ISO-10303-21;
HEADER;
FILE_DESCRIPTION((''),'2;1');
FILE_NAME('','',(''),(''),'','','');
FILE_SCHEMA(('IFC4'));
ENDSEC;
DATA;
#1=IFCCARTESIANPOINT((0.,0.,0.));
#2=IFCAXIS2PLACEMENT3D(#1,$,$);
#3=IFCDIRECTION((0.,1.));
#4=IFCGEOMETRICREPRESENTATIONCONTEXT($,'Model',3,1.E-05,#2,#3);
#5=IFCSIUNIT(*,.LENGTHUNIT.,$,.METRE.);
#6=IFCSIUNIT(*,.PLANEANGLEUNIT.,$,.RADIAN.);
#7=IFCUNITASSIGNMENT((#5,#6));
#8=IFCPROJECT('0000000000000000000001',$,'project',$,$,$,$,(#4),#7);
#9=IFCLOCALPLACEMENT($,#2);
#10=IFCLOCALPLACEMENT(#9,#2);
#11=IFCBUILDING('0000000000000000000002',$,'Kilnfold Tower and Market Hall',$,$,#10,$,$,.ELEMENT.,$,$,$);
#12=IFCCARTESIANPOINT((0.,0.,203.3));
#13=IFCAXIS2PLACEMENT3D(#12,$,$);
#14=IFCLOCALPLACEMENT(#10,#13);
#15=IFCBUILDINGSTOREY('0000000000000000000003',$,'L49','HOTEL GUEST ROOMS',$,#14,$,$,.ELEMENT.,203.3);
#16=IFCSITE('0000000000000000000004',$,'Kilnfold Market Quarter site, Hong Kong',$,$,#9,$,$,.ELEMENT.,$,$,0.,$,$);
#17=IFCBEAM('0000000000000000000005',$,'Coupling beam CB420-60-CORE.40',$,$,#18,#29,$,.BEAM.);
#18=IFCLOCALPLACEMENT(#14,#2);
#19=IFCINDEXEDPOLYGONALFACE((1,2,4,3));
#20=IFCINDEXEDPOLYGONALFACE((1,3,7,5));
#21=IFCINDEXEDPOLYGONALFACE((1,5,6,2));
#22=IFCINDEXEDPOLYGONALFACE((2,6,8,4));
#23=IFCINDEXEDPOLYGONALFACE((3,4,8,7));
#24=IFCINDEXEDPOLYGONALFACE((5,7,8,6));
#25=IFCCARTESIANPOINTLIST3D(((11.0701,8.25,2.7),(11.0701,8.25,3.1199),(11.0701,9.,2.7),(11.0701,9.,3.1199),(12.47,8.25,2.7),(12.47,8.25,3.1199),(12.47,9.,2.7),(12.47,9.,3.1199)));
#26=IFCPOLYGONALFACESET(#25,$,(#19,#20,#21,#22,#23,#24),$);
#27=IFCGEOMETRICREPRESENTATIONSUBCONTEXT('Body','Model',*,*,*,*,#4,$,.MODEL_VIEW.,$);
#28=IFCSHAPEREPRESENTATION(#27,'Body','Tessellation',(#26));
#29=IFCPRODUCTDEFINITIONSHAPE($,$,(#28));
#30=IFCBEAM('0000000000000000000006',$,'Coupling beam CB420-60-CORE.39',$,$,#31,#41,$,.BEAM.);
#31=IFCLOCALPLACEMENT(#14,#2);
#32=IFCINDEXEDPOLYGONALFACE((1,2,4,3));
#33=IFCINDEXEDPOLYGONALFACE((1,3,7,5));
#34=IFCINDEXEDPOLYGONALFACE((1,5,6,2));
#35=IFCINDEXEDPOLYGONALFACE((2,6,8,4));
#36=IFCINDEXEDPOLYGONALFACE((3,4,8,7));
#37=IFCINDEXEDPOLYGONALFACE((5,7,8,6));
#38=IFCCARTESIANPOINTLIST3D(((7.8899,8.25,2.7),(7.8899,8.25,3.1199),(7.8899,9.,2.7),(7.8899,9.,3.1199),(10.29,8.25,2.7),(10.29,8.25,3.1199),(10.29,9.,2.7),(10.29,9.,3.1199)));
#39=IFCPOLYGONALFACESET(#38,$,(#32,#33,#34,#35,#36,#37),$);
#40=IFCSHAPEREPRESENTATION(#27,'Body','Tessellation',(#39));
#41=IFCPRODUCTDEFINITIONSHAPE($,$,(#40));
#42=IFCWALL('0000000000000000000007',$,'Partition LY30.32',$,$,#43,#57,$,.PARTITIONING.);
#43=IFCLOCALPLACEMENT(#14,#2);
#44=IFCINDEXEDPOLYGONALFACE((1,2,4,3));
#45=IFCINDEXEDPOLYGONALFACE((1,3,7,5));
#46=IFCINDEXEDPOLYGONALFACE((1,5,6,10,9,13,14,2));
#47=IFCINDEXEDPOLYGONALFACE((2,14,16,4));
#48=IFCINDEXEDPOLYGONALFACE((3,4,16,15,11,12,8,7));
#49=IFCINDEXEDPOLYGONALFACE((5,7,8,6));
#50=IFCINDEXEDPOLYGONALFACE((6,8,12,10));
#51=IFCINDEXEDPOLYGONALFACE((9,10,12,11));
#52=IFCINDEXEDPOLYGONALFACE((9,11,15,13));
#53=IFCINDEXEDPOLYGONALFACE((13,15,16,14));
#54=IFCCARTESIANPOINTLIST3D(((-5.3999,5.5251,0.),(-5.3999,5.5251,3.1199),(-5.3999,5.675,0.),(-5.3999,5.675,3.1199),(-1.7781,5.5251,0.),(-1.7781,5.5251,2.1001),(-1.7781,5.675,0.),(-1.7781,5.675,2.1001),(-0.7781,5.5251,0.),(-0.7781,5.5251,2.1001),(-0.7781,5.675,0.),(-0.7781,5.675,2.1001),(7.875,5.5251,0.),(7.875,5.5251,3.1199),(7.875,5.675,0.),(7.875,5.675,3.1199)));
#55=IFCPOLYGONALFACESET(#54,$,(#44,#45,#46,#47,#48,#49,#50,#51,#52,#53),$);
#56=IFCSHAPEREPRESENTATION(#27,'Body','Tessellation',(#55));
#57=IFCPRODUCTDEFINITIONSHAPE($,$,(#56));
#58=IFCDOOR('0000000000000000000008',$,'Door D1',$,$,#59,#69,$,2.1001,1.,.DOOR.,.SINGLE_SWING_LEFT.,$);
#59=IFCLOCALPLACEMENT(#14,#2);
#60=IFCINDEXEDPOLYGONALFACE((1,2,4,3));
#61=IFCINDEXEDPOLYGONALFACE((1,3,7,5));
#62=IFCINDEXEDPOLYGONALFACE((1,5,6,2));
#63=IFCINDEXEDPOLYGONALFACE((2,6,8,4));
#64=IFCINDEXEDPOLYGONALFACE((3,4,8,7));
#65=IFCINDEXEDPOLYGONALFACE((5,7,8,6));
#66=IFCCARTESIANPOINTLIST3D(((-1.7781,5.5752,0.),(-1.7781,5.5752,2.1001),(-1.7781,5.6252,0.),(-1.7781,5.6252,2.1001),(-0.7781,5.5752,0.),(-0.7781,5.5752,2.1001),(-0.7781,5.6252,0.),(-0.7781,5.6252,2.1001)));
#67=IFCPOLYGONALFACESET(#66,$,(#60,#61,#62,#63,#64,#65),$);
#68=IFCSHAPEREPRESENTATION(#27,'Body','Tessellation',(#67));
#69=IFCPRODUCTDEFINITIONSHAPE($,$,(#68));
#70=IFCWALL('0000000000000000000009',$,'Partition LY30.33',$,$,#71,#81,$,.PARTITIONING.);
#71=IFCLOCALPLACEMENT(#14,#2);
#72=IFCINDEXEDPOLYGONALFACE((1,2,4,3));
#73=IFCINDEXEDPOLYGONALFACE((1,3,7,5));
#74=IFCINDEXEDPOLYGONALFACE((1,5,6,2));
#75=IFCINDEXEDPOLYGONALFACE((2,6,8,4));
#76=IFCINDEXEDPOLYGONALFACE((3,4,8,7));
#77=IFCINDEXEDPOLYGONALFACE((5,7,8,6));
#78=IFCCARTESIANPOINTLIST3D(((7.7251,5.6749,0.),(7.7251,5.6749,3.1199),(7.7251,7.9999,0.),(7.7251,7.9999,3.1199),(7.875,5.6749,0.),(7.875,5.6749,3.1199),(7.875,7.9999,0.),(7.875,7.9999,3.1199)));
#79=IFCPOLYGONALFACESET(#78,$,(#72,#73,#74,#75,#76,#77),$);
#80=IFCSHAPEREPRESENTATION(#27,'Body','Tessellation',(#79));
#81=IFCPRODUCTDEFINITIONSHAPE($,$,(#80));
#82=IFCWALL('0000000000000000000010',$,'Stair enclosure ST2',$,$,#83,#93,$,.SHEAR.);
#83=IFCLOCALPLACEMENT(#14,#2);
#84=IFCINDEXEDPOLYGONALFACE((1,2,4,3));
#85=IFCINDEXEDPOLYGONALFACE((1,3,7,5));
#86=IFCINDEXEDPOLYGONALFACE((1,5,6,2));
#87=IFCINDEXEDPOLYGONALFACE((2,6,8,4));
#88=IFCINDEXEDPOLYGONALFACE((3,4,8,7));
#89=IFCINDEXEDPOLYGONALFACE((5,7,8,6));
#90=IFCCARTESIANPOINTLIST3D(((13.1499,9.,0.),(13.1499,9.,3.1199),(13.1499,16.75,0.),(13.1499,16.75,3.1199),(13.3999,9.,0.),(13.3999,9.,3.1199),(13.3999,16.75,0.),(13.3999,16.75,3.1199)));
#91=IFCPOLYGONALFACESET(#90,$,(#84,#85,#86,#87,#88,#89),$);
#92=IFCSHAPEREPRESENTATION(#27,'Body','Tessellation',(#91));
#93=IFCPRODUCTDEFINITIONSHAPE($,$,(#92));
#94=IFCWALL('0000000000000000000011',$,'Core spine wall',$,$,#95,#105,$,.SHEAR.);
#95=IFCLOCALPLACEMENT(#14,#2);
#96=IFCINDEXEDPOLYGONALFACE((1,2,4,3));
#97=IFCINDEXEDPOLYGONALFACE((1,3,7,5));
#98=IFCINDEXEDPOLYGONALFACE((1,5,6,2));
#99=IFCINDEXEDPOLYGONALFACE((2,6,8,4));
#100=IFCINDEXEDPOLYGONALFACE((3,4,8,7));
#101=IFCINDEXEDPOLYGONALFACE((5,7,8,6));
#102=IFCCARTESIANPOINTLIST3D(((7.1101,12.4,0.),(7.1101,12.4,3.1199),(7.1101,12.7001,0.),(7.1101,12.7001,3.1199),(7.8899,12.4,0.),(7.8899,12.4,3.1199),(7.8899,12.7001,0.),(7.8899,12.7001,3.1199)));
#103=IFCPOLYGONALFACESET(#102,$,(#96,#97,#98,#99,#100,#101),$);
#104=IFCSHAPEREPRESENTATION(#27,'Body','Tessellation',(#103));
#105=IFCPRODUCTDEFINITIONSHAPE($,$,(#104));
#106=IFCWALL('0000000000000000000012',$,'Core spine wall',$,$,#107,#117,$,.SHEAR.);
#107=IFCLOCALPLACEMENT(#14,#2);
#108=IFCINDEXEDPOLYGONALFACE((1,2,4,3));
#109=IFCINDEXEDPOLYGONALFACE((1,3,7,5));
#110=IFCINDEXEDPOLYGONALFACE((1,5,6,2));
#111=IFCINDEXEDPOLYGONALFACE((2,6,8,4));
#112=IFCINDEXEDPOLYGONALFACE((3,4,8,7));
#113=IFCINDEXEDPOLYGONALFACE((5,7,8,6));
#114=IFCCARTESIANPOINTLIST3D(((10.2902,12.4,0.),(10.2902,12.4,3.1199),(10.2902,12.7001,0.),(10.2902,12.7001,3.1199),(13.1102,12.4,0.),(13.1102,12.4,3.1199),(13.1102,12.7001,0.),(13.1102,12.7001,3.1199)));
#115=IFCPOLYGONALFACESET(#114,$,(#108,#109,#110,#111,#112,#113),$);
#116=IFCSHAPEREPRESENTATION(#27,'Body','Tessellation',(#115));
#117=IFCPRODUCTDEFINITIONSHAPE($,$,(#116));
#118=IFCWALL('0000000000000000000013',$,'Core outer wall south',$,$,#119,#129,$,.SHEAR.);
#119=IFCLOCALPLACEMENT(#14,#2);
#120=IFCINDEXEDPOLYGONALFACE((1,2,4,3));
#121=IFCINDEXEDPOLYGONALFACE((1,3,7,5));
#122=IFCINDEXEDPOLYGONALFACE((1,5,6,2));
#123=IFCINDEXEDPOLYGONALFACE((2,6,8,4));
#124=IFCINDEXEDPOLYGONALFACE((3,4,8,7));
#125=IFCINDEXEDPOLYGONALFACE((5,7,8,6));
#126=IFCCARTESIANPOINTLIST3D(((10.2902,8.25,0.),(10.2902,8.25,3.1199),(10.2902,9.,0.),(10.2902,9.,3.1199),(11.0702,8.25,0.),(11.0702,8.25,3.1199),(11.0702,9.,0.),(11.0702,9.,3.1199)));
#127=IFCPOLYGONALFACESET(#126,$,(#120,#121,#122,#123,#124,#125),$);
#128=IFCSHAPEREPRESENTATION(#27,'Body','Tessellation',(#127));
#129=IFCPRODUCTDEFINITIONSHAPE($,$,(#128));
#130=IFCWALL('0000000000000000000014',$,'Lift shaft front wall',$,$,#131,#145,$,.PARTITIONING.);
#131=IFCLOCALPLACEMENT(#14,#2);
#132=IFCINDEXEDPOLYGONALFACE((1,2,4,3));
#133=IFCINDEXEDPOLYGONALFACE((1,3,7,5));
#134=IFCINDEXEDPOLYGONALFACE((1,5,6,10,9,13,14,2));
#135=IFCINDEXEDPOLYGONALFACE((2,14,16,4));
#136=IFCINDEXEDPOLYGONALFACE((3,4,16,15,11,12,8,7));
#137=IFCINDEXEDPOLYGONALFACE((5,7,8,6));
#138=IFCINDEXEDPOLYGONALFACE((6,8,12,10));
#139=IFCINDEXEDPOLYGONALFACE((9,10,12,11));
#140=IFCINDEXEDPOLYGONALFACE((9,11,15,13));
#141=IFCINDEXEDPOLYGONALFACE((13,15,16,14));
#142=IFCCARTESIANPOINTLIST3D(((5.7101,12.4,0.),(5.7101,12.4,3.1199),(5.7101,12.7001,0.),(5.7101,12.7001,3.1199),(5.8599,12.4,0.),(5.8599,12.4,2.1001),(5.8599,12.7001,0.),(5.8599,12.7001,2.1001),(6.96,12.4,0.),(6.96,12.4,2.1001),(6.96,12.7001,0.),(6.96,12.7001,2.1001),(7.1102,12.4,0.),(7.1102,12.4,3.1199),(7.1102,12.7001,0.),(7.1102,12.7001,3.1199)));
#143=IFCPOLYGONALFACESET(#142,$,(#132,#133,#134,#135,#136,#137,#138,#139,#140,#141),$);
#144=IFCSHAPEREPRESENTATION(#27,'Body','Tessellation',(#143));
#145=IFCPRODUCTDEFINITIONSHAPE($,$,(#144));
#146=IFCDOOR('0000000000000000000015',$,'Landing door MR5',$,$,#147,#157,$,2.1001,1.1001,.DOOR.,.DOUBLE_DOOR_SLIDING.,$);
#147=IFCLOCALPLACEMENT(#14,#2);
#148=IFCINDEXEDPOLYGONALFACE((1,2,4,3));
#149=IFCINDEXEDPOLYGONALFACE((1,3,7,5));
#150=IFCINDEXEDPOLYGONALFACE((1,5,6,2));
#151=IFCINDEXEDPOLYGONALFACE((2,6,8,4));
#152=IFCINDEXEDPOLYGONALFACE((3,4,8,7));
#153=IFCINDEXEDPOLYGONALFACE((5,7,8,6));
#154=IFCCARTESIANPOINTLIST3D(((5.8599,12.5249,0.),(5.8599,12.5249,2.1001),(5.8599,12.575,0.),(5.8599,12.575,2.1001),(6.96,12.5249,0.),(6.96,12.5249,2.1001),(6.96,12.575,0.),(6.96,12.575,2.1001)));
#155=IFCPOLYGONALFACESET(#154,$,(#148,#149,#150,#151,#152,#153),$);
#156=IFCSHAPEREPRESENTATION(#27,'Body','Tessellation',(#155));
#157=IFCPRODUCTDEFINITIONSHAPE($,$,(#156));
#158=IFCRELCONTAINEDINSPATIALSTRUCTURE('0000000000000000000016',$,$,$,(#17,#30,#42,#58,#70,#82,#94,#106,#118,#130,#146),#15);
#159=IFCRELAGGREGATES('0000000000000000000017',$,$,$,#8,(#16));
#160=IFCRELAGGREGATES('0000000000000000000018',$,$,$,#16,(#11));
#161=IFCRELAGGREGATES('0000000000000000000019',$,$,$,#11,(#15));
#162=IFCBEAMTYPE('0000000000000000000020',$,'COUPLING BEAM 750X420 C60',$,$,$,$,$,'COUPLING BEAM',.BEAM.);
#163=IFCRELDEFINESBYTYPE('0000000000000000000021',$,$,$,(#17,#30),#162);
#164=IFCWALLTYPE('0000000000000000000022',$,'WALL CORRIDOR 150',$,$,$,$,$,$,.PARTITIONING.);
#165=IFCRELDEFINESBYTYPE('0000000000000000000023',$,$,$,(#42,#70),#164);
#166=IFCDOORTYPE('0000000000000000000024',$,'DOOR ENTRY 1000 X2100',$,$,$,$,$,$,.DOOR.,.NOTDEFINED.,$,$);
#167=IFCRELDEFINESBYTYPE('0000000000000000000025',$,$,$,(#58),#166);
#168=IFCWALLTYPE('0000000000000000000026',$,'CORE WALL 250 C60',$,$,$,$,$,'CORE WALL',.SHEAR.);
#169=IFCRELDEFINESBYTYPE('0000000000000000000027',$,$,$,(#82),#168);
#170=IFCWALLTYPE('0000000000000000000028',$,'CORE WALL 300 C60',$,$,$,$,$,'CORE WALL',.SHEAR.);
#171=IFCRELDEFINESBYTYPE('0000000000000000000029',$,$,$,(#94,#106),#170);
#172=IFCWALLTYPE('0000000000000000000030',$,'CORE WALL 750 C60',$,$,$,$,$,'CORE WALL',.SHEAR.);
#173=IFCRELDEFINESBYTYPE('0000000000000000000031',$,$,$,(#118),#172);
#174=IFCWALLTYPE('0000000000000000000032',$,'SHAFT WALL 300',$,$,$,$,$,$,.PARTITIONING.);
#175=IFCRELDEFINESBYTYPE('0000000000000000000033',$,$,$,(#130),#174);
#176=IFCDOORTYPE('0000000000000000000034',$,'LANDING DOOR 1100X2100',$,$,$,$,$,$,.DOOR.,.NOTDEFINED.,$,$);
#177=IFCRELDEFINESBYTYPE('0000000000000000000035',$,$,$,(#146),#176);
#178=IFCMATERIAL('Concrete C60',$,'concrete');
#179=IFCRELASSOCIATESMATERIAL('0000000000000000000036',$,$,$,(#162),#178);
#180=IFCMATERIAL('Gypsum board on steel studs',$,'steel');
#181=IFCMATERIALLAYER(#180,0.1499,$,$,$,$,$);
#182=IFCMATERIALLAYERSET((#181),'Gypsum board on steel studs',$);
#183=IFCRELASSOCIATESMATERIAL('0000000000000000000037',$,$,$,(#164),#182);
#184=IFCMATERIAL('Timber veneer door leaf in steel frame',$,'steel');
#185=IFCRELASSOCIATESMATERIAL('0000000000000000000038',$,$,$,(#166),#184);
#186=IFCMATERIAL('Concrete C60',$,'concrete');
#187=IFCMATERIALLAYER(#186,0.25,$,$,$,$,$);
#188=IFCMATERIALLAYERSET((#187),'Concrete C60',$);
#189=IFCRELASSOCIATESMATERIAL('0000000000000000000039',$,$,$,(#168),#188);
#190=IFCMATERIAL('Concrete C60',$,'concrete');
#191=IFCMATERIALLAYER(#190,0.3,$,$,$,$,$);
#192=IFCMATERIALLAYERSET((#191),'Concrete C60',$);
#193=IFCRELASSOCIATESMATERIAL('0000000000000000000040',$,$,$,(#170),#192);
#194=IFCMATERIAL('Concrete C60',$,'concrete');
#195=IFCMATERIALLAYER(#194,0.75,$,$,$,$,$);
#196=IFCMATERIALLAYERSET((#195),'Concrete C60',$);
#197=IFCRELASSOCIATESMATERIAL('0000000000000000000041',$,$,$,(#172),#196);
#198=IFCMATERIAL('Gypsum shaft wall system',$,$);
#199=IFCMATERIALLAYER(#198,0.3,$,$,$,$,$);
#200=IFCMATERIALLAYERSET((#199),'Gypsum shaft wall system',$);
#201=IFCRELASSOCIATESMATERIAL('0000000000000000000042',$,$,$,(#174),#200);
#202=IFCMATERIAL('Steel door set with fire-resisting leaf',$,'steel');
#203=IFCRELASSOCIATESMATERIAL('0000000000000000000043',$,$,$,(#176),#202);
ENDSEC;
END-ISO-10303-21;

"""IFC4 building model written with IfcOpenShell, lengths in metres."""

from ifc_helpers import new_model, si_unit, direction, frame, frame_2d, origin, origin_2d, place, context, subcontext, project, spatial, rectangle, extrude, source, transform, mapped, material, layer, layer_set, material_profile, profile_set, type_object, element, fill, save


model = new_model("IFC4")

# Units and contexts
model_context = context("Model", 3, precision=1e-05, world=origin(), true_north=direction((0.0, 1.0)))
body_context = subcontext(model_context, "Body", "Model", "MODEL_VIEW")
ifc_project = project(units=[si_unit("LENGTHUNIT", "METRE"), si_unit("PLANEANGLEUNIT", "RADIAN")], contexts=[model_context])

# Site, building, storey
site_placement = place(None, origin())
site = spatial("IfcSite", under=ifc_project, at=site_placement, Name="Kilnfold Market Quarter site, Hong Kong", CompositionType="ELEMENT", RefElevation=0.0)
building_placement = place(site_placement, origin())
building = spatial("IfcBuilding", under=site, at=building_placement, Name="Kilnfold Tower and Market Hall", CompositionType="ELEMENT")
storey_placement = place(building_placement, frame((0.0, 0.0, 203.3)))
storey = spatial("IfcBuildingStorey", under=building, at=storey_placement, Name="L49", Description="HOTEL GUEST ROOMS", CompositionType="ELEMENT", Elevation=203.3)

# Beams
ifc_material_1 = material(Name="Concrete C60", Category="concrete")
ifc_material_profile = material_profile(ifc_material_1, rectangle(XDim=0.75, YDim=0.4199, at=origin_2d()), Name="RC 750x420")
ifc_profile_set = profile_set([ifc_material_profile], Name="Concrete C60")
beam_type = type_object("IfcBeamType", Name="COUPLING BEAM 750X420 C60", ElementType="COUPLING BEAM", PredefinedType="BEAM", material=ifc_profile_set)
shared_shape_1 = source(origin(), body_context, "Body", "SweptSolid", [
    extrude(rectangle(XDim=0.75, YDim=0.4199, at=origin_2d()), origin(), (0.0, 0.0, 1.0), 1.3999),
])
beam_1_placement = place(storey_placement, frame((11.0701, 8.625, 2.9099), z_axis=(1.0, 0.0, 0.0), x_axis=(0.0, 1.0, 0.0)))
element("IfcBeam", 1, at=beam_1_placement, inside=storey, type_object=beam_type, Name="Coupling beam CB420-60-CORE.40", PredefinedType="BEAM", context=body_context, shape_type="MappedRepresentation", body=[
    mapped(shared_shape_1, transform((0.0, 0.0, 0.0))),
])
shared_shape_2 = source(origin(), body_context, "Body", "SweptSolid", [
    extrude(rectangle(XDim=0.75, YDim=0.4199, at=origin_2d()), origin(), (0.0, 0.0, 1.0), 2.4001),
])
beam_2_placement = place(storey_placement, frame((7.8899, 8.625, 2.9099), z_axis=(1.0, 0.0, 0.0), x_axis=(0.0, 1.0, 0.0)))
element("IfcBeam", 2, at=beam_2_placement, inside=storey, type_object=beam_type, Name="Coupling beam CB420-60-CORE.39", PredefinedType="BEAM", context=body_context, shape_type="MappedRepresentation", body=[
    mapped(shared_shape_2, transform((0.0, 0.0, 0.0))),
])

# Wall, opening, door
ifc_material_2 = material(Name="Gypsum board on steel studs", Category="steel")
ifc_layer_1 = layer(ifc_material_2, 0.1499)
ifc_layer_set_1 = layer_set([ifc_layer_1], Name="Gypsum board on steel studs")
wall_type_1 = type_object("IfcWallType", Name="WALL CORRIDOR 150", PredefinedType="PARTITIONING", material=ifc_layer_set_1)
wall_1_placement = place(storey_placement, frame((7.875, 5.6001, 0.0), z_axis=(0.0, 0.0, 1.0), x_axis=(-1.0, 0.0, 0.0)))
wall_1 = element("IfcWall", 3, at=wall_1_placement, inside=storey, type_object=wall_type_1, Name="Partition LY30.32", PredefinedType="PARTITIONING", context=body_context, shape_type="SweptSolid", body=[
    extrude(rectangle(XDim=13.2749, YDim=0.1499, at=frame_2d((6.6375, 0.0))), origin(), (0.0, 0.0, 1.0), 3.1199),
])
opening_1_placement = place(wall_1_placement, frame((8.6531, 0.0, 0.0)))
opening_1 = element("IfcOpeningElement", 4, at=opening_1_placement, cuts=wall_1, PredefinedType="OPENING", context=body_context, shape_type="SweptSolid", body=[
    extrude(rectangle(XDim=1.0, YDim=2.1001, at=frame_2d((0.5, 1.05))), frame((0.0, 0.085, 0.0), z_axis=(0.0, -1.0, 0.0), x_axis=(1.0, 0.0, 0.0)), (0.0, 0.0, 1.0), 0.1699),
])
ifc_material_3 = material(Name="Timber veneer door leaf in steel frame", Category="steel")
door_type_1 = type_object("IfcDoorType", Name="DOOR ENTRY 1000 X2100", OperationType="NOTDEFINED", PredefinedType="DOOR", material=ifc_material_3)
door_1_placement = place(opening_1_placement, origin())
door_1 = element("IfcDoor", 5, at=door_1_placement, inside=storey, type_object=door_type_1, Name="Door D1", OperationType="SINGLE_SWING_LEFT", OverallHeight=2.1001, OverallWidth=1.0, PredefinedType="DOOR", context=body_context, shape_type="SweptSolid", body=[
    extrude(rectangle(XDim=1.0, YDim=2.1001, at=frame_2d((0.5, 1.05))), frame((0.0, 0.0249, 0.0), z_axis=(0.0, -1.0, 0.0), x_axis=(1.0, 0.0, 0.0)), (0.0, 0.0, 1.0), 0.05),
])
fill(opening_1, door_1)

# Walls
wall_2_placement = place(storey_placement, frame((7.8, 8.0, 0.0), z_axis=(0.0, 0.0, 1.0), x_axis=(0.0, -1.0, 0.0)))
element("IfcWall", 6, at=wall_2_placement, inside=storey, type_object=wall_type_1, Name="Partition LY30.33", PredefinedType="PARTITIONING", context=body_context, shape_type="SweptSolid", body=[
    extrude(rectangle(XDim=2.325, YDim=0.1499, at=frame_2d((1.1626, 0.0))), origin(), (0.0, 0.0, 1.0), 3.1199),
])
ifc_material_4 = material(Name="Concrete C60", Category="concrete")
ifc_layer_2 = layer(ifc_material_4, 0.25)
ifc_layer_set_2 = layer_set([ifc_layer_2], Name="Concrete C60")
wall_type_2 = type_object("IfcWallType", Name="CORE WALL 250 C60", ElementType="CORE WALL", PredefinedType="SHEAR", material=ifc_layer_set_2)
shared_shape_3 = source(origin(), body_context, "Body", "SweptSolid", [
    extrude(rectangle(XDim=7.75, YDim=0.25, at=frame_2d((3.875, 0.0))), origin(), (0.0, 0.0, 1.0), 3.1199),
])
wall_3_placement = place(storey_placement, frame((13.2749, 9.0, 0.0), z_axis=(0.0, 0.0, 1.0), x_axis=(0.0, 1.0, 0.0)))
element("IfcWall", 7, at=wall_3_placement, inside=storey, type_object=wall_type_2, Name="Stair enclosure ST2", PredefinedType="SHEAR", context=body_context, shape_type="MappedRepresentation", body=[
    mapped(shared_shape_3, transform((0.0, 0.0, 0.0))),
])
ifc_material_5 = material(Name="Concrete C60", Category="concrete")
ifc_layer_3 = layer(ifc_material_5, 0.3)
ifc_layer_set_3 = layer_set([ifc_layer_3], Name="Concrete C60")
wall_type_3 = type_object("IfcWallType", Name="CORE WALL 300 C60", ElementType="CORE WALL", PredefinedType="SHEAR", material=ifc_layer_set_3)
shared_shape_4 = source(origin(), body_context, "Body", "SweptSolid", [
    extrude(rectangle(XDim=0.7798, YDim=0.3, at=frame_2d((0.3899, 0.0))), origin(), (0.0, 0.0, 1.0), 3.1199),
])
wall_4_placement = place(storey_placement, frame((7.1101, 12.55, 0.0), z_axis=(0.0, 0.0, 1.0), x_axis=(1.0, 0.0, 0.0)))
element("IfcWall", 8, at=wall_4_placement, inside=storey, type_object=wall_type_3, Name="Core spine wall", PredefinedType="SHEAR", context=body_context, shape_type="MappedRepresentation", body=[
    mapped(shared_shape_4, transform((0.0, 0.0, 0.0))),
])
shared_shape_5 = source(origin(), body_context, "Body", "SweptSolid", [
    extrude(rectangle(XDim=2.8201, YDim=0.3, at=frame_2d((1.4102, 0.0))), origin(), (0.0, 0.0, 1.0), 3.1199),
])
wall_5_placement = place(storey_placement, frame((10.29, 12.55, 0.0), z_axis=(0.0, 0.0, 1.0), x_axis=(1.0, 0.0, 0.0)))
element("IfcWall", 9, at=wall_5_placement, inside=storey, type_object=wall_type_3, Name="Core spine wall", PredefinedType="SHEAR", context=body_context, shape_type="MappedRepresentation", body=[
    mapped(shared_shape_5, transform((0.0, 0.0, 0.0))),
])
ifc_material_6 = material(Name="Concrete C60", Category="concrete")
ifc_layer_4 = layer(ifc_material_6, 0.75)
ifc_layer_set_4 = layer_set([ifc_layer_4], Name="Concrete C60")
wall_type_4 = type_object("IfcWallType", Name="CORE WALL 750 C60", ElementType="CORE WALL", PredefinedType="SHEAR", material=ifc_layer_set_4)
shared_shape_6 = source(origin(), body_context, "Body", "SweptSolid", [
    extrude(rectangle(XDim=0.78, YDim=0.75, at=frame_2d((0.3901, 0.0))), origin(), (0.0, 0.0, 1.0), 3.1199),
])
wall_6_placement = place(storey_placement, frame((10.29, 8.625, 0.0), z_axis=(0.0, 0.0, 1.0), x_axis=(1.0, 0.0, 0.0)))
element("IfcWall", 10, at=wall_6_placement, inside=storey, type_object=wall_type_4, Name="Core outer wall south", PredefinedType="SHEAR", context=body_context, shape_type="MappedRepresentation", body=[
    mapped(shared_shape_6, transform((0.0, 0.0, 0.0))),
])

# Wall, opening, door
ifc_material_7 = material(Name="Gypsum shaft wall system")
ifc_layer_5 = layer(ifc_material_7, 0.3)
ifc_layer_set_5 = layer_set([ifc_layer_5], Name="Gypsum shaft wall system")
wall_type_5 = type_object("IfcWallType", Name="SHAFT WALL 300", PredefinedType="PARTITIONING", material=ifc_layer_set_5)
shared_shape_7 = source(origin(), body_context, "Body", "SweptSolid", [
    extrude(rectangle(XDim=1.4001, YDim=0.3, at=frame_2d((0.7002, 0.0))), origin(), (0.0, 0.0, 1.0), 3.1199),
])
wall_7_placement = place(storey_placement, frame((5.71, 12.55, 0.0), z_axis=(0.0, 0.0, 1.0), x_axis=(1.0, 0.0, 0.0)))
wall_7 = element("IfcWall", 11, at=wall_7_placement, inside=storey, type_object=wall_type_5, Name="Lift shaft front wall", PredefinedType="PARTITIONING", context=body_context, shape_type="MappedRepresentation", body=[
    mapped(shared_shape_7, transform((0.0, 0.0, 0.0))),
])
opening_2_placement = place(wall_7_placement, frame((0.1499, 0.0, 0.0)))
opening_2 = element("IfcOpeningElement", 12, at=opening_2_placement, cuts=wall_7, PredefinedType="OPENING", context=body_context, shape_type="SweptSolid", body=[
    extrude(rectangle(XDim=1.1001, YDim=2.1001, at=frame_2d((0.55, 1.05))), frame((0.0, 0.1602, 0.0), z_axis=(0.0, -1.0, 0.0), x_axis=(1.0, 0.0, 0.0)), (0.0, 0.0, 1.0), 0.3201),
])
ifc_material_8 = material(Name="Steel door set with fire-resisting leaf", Category="steel")
door_type_2 = type_object("IfcDoorType", Name="LANDING DOOR 1100X2100", OperationType="NOTDEFINED", PredefinedType="DOOR", material=ifc_material_8)
door_2_placement = place(opening_2_placement, origin())
door_2 = element("IfcDoor", 13, at=door_2_placement, inside=storey, type_object=door_type_2, Name="Landing door MR5", OperationType="DOUBLE_DOOR_SLIDING", OverallHeight=2.1001, OverallWidth=1.1001, PredefinedType="DOOR", context=body_context, shape_type="SweptSolid", body=[
    extrude(rectangle(XDim=1.1001, YDim=2.1001, at=frame_2d((0.55, 1.05))), frame((0.0, 0.0249, 0.0), z_axis=(0.0, -1.0, 0.0), x_axis=(1.0, 0.0, 0.0)), (0.0, 0.0, 1.0), 0.05),
])
fill(opening_2, door_2)

save(model, "model.ifc")
